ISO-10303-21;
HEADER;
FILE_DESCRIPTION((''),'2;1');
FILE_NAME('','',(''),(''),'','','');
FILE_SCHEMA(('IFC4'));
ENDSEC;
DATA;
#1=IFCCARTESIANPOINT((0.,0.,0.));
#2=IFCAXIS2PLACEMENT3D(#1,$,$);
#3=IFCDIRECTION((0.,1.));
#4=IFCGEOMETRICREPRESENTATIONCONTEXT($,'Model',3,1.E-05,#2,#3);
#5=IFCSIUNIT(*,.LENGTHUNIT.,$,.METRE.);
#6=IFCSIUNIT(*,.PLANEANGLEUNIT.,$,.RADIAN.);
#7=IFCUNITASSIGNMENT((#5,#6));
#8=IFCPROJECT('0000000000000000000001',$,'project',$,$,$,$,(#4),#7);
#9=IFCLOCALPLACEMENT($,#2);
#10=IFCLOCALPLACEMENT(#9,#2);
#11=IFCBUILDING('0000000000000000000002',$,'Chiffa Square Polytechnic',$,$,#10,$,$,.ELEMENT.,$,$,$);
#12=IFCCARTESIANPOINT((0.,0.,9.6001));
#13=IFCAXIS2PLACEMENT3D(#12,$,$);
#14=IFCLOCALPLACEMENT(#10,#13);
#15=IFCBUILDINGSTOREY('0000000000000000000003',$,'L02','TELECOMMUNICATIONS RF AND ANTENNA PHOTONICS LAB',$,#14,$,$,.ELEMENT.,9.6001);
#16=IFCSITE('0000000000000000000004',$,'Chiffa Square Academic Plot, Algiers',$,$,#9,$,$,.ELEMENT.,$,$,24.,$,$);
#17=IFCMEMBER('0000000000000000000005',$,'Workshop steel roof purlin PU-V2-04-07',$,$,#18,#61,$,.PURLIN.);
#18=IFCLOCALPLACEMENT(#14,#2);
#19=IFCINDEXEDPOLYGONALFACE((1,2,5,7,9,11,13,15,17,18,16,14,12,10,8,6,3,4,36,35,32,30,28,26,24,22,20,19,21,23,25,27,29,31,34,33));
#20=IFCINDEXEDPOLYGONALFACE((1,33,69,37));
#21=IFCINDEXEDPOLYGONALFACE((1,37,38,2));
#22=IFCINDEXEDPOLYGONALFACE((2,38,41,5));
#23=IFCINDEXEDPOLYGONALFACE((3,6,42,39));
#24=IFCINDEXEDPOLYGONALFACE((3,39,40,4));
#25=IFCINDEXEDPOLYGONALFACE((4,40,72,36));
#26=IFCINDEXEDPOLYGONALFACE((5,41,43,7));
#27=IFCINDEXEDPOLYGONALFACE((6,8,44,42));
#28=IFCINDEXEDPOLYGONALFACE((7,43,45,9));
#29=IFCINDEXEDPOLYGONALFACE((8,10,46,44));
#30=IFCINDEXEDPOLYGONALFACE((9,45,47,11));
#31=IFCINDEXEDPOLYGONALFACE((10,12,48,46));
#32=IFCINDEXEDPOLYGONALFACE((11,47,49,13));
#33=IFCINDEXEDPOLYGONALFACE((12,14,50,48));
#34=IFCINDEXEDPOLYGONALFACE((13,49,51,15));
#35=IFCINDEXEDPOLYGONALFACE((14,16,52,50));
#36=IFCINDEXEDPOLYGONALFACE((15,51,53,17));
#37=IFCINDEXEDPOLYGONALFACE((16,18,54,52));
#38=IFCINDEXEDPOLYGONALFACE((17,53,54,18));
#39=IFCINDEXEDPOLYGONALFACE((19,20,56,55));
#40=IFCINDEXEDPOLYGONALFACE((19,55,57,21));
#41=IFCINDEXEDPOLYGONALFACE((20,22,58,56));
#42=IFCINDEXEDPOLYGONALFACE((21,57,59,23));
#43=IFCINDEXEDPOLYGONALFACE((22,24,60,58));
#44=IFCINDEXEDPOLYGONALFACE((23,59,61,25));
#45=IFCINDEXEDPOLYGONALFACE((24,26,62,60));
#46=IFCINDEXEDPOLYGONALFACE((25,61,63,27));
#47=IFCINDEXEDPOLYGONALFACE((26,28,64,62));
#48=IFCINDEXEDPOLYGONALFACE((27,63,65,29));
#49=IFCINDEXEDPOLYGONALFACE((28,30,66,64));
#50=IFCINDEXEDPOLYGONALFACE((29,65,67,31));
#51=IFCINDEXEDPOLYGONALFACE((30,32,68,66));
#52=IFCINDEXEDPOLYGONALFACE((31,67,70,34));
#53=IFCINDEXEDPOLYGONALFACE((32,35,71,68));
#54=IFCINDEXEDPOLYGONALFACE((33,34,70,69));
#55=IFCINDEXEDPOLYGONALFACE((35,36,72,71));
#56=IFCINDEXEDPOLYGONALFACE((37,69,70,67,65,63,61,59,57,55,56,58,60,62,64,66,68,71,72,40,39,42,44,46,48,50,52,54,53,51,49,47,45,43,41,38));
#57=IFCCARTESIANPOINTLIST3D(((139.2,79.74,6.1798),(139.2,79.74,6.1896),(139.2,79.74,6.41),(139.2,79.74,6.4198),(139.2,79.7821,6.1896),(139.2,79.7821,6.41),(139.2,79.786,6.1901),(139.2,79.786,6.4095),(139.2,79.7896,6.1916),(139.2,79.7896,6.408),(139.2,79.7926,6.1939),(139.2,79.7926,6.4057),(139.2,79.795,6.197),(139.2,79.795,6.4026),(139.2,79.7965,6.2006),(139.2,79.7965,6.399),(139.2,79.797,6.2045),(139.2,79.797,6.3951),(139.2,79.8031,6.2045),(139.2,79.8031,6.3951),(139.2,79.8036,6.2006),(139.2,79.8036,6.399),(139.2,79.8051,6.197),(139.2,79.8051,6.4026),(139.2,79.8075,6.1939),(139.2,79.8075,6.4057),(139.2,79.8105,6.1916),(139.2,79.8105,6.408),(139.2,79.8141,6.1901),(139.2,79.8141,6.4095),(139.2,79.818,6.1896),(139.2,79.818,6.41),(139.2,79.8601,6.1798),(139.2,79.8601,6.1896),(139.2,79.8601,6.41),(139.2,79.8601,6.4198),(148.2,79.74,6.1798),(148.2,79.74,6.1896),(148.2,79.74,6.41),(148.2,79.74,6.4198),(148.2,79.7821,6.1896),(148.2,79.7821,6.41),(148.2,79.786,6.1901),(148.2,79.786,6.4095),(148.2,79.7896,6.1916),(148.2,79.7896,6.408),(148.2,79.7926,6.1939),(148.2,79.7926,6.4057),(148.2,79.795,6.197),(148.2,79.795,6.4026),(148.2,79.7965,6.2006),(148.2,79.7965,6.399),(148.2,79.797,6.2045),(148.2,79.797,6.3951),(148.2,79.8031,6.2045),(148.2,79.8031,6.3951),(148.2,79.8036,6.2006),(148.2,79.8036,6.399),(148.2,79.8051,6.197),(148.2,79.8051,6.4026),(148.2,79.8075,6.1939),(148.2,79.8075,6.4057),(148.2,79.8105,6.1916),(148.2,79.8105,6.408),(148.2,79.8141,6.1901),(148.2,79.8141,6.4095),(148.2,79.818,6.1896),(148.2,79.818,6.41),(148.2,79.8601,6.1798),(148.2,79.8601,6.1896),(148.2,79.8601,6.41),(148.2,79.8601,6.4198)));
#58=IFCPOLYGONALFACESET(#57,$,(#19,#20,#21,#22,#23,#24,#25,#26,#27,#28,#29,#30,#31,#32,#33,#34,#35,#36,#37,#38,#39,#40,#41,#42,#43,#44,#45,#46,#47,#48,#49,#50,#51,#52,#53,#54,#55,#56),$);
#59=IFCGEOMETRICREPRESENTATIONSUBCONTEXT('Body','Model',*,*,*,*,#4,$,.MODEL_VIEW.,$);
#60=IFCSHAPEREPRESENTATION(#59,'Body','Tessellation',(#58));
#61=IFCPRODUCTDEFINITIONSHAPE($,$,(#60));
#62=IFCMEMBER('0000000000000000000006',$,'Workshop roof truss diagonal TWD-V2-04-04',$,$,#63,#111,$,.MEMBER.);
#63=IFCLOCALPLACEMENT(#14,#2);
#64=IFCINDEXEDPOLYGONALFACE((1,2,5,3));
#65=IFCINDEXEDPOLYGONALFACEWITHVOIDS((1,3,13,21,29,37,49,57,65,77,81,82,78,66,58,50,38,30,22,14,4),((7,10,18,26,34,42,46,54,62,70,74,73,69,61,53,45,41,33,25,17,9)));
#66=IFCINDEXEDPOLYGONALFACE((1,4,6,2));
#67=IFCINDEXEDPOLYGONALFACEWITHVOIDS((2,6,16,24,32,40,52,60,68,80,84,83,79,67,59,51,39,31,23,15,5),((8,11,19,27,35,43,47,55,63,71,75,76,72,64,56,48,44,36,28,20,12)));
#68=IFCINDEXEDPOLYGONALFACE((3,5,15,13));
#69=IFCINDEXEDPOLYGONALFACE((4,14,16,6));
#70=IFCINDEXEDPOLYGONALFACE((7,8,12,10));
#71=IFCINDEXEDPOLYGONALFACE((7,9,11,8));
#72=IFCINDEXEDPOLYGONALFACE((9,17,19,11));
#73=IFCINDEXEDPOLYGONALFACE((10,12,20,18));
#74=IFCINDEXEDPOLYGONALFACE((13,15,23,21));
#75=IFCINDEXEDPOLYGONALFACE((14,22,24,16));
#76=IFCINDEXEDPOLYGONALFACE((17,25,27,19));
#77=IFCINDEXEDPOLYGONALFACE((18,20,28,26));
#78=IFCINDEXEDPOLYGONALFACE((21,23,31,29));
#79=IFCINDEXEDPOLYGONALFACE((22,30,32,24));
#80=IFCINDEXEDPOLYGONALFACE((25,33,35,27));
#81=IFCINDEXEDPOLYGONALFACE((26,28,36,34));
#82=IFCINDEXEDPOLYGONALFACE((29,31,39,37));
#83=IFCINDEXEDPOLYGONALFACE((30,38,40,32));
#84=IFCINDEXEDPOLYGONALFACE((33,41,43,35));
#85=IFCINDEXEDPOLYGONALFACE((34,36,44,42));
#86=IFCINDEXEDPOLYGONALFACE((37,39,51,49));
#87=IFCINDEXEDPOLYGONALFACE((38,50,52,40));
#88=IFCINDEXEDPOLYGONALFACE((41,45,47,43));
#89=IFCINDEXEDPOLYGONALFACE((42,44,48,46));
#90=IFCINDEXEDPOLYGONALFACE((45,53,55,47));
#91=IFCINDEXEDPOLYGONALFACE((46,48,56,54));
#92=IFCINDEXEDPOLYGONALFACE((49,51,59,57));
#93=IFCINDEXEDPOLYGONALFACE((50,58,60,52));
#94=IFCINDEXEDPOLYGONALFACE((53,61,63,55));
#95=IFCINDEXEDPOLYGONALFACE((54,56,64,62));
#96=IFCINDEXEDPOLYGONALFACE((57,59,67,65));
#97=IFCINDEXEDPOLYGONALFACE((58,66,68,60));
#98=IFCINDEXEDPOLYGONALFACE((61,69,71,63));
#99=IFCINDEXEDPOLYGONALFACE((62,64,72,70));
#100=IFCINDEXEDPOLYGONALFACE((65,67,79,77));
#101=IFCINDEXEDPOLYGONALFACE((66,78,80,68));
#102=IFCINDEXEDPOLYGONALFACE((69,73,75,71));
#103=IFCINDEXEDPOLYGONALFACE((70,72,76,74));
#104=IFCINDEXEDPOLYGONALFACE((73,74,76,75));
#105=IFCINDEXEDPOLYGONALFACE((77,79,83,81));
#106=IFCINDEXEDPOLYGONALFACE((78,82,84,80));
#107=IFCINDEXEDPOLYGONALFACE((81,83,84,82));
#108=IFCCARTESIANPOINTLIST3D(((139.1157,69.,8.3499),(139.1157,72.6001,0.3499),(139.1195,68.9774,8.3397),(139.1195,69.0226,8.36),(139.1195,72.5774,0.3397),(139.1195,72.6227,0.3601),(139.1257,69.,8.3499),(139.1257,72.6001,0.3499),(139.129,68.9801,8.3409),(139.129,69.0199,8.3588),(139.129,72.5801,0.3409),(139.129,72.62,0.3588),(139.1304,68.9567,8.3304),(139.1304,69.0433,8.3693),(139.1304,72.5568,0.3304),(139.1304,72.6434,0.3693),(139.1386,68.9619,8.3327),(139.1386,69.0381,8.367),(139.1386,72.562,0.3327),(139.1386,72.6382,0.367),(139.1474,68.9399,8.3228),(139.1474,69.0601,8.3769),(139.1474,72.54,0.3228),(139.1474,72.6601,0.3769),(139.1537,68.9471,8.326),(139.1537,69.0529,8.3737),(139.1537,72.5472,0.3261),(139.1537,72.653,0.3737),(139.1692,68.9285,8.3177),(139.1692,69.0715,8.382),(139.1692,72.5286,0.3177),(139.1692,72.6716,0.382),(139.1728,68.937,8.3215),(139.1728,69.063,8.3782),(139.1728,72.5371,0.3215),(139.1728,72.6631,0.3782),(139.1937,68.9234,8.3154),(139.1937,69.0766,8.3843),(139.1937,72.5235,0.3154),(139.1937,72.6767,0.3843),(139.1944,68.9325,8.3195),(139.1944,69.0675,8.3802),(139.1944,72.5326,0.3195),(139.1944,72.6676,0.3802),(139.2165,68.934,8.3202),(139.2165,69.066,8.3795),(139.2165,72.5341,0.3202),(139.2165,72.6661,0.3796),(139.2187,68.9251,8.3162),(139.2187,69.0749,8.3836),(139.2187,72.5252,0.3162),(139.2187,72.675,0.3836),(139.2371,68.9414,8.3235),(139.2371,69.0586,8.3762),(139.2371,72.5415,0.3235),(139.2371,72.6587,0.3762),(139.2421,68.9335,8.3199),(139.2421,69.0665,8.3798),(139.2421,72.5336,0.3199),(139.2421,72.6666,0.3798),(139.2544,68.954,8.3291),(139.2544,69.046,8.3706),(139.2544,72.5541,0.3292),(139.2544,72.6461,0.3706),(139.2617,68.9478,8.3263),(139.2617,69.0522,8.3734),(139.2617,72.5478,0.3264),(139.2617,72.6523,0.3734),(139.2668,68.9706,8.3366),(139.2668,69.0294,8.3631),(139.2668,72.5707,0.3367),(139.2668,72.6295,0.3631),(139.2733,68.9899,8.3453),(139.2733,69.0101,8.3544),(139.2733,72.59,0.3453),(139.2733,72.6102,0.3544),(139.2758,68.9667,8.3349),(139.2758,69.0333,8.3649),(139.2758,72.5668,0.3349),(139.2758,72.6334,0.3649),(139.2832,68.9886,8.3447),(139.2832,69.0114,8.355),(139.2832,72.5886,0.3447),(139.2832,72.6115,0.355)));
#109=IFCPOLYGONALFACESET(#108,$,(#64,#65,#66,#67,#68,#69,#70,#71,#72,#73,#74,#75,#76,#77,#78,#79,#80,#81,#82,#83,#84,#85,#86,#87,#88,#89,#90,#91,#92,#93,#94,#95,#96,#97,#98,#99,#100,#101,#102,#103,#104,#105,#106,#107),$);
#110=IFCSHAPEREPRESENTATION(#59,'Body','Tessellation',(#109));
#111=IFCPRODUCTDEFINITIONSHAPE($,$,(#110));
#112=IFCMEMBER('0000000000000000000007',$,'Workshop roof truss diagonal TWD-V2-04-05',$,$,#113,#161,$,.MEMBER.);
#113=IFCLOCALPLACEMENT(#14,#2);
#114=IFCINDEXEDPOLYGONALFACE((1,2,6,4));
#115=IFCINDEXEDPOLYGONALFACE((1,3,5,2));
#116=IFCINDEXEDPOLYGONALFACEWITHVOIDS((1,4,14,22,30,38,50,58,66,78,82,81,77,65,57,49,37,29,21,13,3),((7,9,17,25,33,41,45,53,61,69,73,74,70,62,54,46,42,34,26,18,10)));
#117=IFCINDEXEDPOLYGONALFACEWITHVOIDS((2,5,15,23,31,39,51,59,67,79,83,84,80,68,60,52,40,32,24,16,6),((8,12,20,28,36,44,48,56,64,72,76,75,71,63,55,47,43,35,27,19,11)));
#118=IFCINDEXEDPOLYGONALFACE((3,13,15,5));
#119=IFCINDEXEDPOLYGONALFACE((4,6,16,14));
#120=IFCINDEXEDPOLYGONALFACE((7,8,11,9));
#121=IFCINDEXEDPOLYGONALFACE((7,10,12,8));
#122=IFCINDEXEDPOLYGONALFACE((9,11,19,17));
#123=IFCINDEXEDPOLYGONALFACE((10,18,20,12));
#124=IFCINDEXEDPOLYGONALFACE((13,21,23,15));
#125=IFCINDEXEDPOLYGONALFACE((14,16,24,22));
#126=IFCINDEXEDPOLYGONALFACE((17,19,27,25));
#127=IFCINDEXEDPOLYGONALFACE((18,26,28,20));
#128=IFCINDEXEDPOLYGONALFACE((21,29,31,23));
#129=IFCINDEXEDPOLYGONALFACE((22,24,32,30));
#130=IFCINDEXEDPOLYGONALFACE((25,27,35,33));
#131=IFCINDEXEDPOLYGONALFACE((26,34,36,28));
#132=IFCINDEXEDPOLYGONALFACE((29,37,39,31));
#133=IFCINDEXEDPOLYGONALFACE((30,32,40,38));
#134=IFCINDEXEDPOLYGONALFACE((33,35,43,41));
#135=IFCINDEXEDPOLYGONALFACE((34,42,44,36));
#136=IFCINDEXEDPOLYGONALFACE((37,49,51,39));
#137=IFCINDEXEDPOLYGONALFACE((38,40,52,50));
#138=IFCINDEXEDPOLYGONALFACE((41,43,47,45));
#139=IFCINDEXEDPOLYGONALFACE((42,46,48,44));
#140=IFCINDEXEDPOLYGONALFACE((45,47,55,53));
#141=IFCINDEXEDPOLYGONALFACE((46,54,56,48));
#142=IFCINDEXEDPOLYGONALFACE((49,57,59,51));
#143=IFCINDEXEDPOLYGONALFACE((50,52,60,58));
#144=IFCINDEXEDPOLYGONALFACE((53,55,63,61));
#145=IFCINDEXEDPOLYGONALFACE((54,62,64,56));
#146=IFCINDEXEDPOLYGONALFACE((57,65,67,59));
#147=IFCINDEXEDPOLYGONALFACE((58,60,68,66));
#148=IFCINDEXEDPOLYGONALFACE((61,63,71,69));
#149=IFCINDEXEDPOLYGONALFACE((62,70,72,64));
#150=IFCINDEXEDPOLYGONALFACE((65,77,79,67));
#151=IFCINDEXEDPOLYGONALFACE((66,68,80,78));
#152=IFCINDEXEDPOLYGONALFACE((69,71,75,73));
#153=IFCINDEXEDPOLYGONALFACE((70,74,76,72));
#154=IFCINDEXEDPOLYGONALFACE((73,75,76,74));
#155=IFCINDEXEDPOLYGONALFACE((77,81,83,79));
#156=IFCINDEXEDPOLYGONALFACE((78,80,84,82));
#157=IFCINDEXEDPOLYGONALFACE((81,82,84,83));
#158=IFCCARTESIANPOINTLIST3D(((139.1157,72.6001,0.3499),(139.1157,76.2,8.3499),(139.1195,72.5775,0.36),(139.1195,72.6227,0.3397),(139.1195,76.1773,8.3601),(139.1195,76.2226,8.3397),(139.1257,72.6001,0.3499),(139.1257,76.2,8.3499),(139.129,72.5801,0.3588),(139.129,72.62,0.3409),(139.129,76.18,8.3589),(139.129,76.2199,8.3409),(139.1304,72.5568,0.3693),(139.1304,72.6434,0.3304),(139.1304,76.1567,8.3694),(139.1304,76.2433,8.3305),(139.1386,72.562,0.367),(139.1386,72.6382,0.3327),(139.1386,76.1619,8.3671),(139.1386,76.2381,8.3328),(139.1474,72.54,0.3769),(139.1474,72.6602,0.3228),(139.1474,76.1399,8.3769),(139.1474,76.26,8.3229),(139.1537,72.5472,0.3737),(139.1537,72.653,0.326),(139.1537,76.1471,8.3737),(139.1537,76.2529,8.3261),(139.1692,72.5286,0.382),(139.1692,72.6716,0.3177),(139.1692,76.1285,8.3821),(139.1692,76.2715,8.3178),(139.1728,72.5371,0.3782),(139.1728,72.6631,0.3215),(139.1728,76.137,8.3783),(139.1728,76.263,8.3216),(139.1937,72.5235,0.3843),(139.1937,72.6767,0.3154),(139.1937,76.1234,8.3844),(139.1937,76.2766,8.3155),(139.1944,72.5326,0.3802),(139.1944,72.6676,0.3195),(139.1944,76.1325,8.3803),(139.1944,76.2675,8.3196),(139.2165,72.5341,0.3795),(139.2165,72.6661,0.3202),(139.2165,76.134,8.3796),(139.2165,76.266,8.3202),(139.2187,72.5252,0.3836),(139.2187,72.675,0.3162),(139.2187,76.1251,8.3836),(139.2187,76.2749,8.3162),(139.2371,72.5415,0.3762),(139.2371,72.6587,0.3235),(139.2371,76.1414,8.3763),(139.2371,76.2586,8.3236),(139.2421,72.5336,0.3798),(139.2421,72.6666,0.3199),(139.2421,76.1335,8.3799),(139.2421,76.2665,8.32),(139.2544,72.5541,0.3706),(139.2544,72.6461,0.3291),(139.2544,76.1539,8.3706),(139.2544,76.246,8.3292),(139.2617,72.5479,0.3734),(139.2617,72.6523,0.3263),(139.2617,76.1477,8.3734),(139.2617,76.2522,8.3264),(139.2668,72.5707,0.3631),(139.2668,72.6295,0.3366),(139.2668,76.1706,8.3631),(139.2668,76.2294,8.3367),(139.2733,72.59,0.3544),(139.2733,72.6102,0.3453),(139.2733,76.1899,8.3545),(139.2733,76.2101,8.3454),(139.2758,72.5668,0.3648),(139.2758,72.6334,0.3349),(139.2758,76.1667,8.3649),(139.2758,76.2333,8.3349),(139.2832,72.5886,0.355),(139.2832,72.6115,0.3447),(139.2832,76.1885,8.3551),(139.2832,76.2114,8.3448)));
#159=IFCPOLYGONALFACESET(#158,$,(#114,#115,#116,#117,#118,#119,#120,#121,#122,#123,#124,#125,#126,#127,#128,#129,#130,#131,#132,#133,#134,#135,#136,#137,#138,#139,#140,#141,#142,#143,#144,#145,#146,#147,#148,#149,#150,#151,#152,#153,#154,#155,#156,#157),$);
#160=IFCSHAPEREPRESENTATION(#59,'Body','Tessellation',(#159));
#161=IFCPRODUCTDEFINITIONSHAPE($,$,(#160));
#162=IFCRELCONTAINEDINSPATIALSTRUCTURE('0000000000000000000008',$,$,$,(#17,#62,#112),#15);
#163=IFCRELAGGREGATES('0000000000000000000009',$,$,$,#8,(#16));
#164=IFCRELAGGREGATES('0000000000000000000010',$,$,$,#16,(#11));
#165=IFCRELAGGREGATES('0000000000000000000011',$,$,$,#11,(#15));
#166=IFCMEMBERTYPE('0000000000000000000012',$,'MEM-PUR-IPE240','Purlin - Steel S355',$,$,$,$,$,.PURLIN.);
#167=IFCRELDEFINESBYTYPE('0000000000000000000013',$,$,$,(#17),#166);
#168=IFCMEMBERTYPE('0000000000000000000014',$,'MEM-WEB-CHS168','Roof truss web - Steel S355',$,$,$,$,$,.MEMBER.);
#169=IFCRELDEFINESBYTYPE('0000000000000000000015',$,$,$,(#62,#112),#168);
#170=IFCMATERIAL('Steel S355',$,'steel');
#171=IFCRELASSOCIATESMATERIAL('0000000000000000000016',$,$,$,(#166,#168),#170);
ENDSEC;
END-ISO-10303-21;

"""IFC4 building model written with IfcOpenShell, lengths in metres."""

from ifc_helpers import new_model, si_unit, direction, frame, origin, origin_2d, place, context, subcontext, project, spatial, hollow_circle, i_section, extrude, material, material_profile, profile_set, type_object, element, save


model = new_model("IFC4")

# Units and contexts
model_context = context("Model", 3, precision=1e-05, world=origin(), true_north=direction((0.0, 1.0)))
body_context = subcontext(model_context, "Body", "Model", "MODEL_VIEW")
ifc_project = project(units=[si_unit("LENGTHUNIT", "METRE"), si_unit("PLANEANGLEUNIT", "RADIAN")], contexts=[model_context])

# Site, building, storey
site_placement = place(None, origin())
site = spatial("IfcSite", under=ifc_project, at=site_placement, Name="Chiffa Square Academic Plot, Algiers", CompositionType="ELEMENT", RefElevation=24.0)
building_placement = place(site_placement, origin())
building = spatial("IfcBuilding", under=site, at=building_placement, Name="Chiffa Square Polytechnic", CompositionType="ELEMENT")
storey_placement = place(building_placement, frame((0.0, 0.0, 9.6001)))
storey = spatial("IfcBuildingStorey", under=building, at=storey_placement, Name="L02", Description="TELECOMMUNICATIONS RF AND ANTENNA PHOTONICS LAB", CompositionType="ELEMENT", Elevation=9.6001)

# Members
ifc_material_1 = material(Name="Steel S355", Category="steel")
ifc_material_profile_1 = material_profile(ifc_material_1, i_section(OverallWidth=0.1201, OverallDepth=0.24, WebThickness=0.0061, FlangeThickness=0.0098, FilletRadius=0.0149, at=origin_2d()), Name="IPE 240")
ifc_profile_set_1 = profile_set([ifc_material_profile_1], Name="Steel S355")
member_type_1 = type_object("IfcMemberType", Name="MEM-PUR-IPE240", Description="Purlin - Steel S355", PredefinedType="PURLIN", material=ifc_profile_set_1)
for number, where, z_axis, x_axis, name in (
    (1, (139.2, 79.8, 6.2998), (1.0, 0.0, 0.0), (0.0, 1.0, 0.0), "Workshop steel roof purlin PU-V2-04-07"),
):
    element("IfcMember", number, at=place(storey_placement, frame(where, z_axis=z_axis, x_axis=x_axis)), inside=storey, type_object=member_type_1, Name=name, PredefinedType="PURLIN", context=body_context, shape_type="SweptSolid", body=[
        extrude(i_section(OverallWidth=0.1201, OverallDepth=0.24, WebThickness=0.0061, FlangeThickness=0.0098, FilletRadius=0.0149, at=origin_2d()), origin(), (0.0, 0.0, 1.0), 9.0),
    ])
ifc_material_profile_2 = material_profile(ifc_material_1, hollow_circle(Radius=0.0842, WallThickness=0.01, at=origin_2d()), Name="CHS 168.3x10")
ifc_profile_set_2 = profile_set([ifc_material_profile_2], Name="Steel S355")
member_type_2 = type_object("IfcMemberType", Name="MEM-WEB-CHS168", Description="Roof truss web - Steel S355", PredefinedType="MEMBER", material=ifc_profile_set_2)
for number, where, z_axis, x_axis, name in (
    (2, (139.2, 69.0, 8.3499), (0.0, 0.410374, -0.911917), (-1.0, 0.0, 0.0), "Workshop roof truss diagonal TWD-V2-04-04"),
    (3, (139.2, 72.6001, 0.3499), (0.0, 0.410351, 0.911928), (-1.0, 0.0, 0.0), "Workshop roof truss diagonal TWD-V2-04-05"),
):
    element("IfcMember", number, at=place(storey_placement, frame(where, z_axis=z_axis, x_axis=x_axis)), inside=storey, type_object=member_type_2, Name=name, PredefinedType="MEMBER", context=body_context, shape_type="SweptSolid", body=[
        extrude(hollow_circle(Radius=0.0842, WallThickness=0.01, at=origin_2d()), origin(), (0.0, 0.0, 1.0), 8.7727),
    ])

save(model, "model.ifc")
